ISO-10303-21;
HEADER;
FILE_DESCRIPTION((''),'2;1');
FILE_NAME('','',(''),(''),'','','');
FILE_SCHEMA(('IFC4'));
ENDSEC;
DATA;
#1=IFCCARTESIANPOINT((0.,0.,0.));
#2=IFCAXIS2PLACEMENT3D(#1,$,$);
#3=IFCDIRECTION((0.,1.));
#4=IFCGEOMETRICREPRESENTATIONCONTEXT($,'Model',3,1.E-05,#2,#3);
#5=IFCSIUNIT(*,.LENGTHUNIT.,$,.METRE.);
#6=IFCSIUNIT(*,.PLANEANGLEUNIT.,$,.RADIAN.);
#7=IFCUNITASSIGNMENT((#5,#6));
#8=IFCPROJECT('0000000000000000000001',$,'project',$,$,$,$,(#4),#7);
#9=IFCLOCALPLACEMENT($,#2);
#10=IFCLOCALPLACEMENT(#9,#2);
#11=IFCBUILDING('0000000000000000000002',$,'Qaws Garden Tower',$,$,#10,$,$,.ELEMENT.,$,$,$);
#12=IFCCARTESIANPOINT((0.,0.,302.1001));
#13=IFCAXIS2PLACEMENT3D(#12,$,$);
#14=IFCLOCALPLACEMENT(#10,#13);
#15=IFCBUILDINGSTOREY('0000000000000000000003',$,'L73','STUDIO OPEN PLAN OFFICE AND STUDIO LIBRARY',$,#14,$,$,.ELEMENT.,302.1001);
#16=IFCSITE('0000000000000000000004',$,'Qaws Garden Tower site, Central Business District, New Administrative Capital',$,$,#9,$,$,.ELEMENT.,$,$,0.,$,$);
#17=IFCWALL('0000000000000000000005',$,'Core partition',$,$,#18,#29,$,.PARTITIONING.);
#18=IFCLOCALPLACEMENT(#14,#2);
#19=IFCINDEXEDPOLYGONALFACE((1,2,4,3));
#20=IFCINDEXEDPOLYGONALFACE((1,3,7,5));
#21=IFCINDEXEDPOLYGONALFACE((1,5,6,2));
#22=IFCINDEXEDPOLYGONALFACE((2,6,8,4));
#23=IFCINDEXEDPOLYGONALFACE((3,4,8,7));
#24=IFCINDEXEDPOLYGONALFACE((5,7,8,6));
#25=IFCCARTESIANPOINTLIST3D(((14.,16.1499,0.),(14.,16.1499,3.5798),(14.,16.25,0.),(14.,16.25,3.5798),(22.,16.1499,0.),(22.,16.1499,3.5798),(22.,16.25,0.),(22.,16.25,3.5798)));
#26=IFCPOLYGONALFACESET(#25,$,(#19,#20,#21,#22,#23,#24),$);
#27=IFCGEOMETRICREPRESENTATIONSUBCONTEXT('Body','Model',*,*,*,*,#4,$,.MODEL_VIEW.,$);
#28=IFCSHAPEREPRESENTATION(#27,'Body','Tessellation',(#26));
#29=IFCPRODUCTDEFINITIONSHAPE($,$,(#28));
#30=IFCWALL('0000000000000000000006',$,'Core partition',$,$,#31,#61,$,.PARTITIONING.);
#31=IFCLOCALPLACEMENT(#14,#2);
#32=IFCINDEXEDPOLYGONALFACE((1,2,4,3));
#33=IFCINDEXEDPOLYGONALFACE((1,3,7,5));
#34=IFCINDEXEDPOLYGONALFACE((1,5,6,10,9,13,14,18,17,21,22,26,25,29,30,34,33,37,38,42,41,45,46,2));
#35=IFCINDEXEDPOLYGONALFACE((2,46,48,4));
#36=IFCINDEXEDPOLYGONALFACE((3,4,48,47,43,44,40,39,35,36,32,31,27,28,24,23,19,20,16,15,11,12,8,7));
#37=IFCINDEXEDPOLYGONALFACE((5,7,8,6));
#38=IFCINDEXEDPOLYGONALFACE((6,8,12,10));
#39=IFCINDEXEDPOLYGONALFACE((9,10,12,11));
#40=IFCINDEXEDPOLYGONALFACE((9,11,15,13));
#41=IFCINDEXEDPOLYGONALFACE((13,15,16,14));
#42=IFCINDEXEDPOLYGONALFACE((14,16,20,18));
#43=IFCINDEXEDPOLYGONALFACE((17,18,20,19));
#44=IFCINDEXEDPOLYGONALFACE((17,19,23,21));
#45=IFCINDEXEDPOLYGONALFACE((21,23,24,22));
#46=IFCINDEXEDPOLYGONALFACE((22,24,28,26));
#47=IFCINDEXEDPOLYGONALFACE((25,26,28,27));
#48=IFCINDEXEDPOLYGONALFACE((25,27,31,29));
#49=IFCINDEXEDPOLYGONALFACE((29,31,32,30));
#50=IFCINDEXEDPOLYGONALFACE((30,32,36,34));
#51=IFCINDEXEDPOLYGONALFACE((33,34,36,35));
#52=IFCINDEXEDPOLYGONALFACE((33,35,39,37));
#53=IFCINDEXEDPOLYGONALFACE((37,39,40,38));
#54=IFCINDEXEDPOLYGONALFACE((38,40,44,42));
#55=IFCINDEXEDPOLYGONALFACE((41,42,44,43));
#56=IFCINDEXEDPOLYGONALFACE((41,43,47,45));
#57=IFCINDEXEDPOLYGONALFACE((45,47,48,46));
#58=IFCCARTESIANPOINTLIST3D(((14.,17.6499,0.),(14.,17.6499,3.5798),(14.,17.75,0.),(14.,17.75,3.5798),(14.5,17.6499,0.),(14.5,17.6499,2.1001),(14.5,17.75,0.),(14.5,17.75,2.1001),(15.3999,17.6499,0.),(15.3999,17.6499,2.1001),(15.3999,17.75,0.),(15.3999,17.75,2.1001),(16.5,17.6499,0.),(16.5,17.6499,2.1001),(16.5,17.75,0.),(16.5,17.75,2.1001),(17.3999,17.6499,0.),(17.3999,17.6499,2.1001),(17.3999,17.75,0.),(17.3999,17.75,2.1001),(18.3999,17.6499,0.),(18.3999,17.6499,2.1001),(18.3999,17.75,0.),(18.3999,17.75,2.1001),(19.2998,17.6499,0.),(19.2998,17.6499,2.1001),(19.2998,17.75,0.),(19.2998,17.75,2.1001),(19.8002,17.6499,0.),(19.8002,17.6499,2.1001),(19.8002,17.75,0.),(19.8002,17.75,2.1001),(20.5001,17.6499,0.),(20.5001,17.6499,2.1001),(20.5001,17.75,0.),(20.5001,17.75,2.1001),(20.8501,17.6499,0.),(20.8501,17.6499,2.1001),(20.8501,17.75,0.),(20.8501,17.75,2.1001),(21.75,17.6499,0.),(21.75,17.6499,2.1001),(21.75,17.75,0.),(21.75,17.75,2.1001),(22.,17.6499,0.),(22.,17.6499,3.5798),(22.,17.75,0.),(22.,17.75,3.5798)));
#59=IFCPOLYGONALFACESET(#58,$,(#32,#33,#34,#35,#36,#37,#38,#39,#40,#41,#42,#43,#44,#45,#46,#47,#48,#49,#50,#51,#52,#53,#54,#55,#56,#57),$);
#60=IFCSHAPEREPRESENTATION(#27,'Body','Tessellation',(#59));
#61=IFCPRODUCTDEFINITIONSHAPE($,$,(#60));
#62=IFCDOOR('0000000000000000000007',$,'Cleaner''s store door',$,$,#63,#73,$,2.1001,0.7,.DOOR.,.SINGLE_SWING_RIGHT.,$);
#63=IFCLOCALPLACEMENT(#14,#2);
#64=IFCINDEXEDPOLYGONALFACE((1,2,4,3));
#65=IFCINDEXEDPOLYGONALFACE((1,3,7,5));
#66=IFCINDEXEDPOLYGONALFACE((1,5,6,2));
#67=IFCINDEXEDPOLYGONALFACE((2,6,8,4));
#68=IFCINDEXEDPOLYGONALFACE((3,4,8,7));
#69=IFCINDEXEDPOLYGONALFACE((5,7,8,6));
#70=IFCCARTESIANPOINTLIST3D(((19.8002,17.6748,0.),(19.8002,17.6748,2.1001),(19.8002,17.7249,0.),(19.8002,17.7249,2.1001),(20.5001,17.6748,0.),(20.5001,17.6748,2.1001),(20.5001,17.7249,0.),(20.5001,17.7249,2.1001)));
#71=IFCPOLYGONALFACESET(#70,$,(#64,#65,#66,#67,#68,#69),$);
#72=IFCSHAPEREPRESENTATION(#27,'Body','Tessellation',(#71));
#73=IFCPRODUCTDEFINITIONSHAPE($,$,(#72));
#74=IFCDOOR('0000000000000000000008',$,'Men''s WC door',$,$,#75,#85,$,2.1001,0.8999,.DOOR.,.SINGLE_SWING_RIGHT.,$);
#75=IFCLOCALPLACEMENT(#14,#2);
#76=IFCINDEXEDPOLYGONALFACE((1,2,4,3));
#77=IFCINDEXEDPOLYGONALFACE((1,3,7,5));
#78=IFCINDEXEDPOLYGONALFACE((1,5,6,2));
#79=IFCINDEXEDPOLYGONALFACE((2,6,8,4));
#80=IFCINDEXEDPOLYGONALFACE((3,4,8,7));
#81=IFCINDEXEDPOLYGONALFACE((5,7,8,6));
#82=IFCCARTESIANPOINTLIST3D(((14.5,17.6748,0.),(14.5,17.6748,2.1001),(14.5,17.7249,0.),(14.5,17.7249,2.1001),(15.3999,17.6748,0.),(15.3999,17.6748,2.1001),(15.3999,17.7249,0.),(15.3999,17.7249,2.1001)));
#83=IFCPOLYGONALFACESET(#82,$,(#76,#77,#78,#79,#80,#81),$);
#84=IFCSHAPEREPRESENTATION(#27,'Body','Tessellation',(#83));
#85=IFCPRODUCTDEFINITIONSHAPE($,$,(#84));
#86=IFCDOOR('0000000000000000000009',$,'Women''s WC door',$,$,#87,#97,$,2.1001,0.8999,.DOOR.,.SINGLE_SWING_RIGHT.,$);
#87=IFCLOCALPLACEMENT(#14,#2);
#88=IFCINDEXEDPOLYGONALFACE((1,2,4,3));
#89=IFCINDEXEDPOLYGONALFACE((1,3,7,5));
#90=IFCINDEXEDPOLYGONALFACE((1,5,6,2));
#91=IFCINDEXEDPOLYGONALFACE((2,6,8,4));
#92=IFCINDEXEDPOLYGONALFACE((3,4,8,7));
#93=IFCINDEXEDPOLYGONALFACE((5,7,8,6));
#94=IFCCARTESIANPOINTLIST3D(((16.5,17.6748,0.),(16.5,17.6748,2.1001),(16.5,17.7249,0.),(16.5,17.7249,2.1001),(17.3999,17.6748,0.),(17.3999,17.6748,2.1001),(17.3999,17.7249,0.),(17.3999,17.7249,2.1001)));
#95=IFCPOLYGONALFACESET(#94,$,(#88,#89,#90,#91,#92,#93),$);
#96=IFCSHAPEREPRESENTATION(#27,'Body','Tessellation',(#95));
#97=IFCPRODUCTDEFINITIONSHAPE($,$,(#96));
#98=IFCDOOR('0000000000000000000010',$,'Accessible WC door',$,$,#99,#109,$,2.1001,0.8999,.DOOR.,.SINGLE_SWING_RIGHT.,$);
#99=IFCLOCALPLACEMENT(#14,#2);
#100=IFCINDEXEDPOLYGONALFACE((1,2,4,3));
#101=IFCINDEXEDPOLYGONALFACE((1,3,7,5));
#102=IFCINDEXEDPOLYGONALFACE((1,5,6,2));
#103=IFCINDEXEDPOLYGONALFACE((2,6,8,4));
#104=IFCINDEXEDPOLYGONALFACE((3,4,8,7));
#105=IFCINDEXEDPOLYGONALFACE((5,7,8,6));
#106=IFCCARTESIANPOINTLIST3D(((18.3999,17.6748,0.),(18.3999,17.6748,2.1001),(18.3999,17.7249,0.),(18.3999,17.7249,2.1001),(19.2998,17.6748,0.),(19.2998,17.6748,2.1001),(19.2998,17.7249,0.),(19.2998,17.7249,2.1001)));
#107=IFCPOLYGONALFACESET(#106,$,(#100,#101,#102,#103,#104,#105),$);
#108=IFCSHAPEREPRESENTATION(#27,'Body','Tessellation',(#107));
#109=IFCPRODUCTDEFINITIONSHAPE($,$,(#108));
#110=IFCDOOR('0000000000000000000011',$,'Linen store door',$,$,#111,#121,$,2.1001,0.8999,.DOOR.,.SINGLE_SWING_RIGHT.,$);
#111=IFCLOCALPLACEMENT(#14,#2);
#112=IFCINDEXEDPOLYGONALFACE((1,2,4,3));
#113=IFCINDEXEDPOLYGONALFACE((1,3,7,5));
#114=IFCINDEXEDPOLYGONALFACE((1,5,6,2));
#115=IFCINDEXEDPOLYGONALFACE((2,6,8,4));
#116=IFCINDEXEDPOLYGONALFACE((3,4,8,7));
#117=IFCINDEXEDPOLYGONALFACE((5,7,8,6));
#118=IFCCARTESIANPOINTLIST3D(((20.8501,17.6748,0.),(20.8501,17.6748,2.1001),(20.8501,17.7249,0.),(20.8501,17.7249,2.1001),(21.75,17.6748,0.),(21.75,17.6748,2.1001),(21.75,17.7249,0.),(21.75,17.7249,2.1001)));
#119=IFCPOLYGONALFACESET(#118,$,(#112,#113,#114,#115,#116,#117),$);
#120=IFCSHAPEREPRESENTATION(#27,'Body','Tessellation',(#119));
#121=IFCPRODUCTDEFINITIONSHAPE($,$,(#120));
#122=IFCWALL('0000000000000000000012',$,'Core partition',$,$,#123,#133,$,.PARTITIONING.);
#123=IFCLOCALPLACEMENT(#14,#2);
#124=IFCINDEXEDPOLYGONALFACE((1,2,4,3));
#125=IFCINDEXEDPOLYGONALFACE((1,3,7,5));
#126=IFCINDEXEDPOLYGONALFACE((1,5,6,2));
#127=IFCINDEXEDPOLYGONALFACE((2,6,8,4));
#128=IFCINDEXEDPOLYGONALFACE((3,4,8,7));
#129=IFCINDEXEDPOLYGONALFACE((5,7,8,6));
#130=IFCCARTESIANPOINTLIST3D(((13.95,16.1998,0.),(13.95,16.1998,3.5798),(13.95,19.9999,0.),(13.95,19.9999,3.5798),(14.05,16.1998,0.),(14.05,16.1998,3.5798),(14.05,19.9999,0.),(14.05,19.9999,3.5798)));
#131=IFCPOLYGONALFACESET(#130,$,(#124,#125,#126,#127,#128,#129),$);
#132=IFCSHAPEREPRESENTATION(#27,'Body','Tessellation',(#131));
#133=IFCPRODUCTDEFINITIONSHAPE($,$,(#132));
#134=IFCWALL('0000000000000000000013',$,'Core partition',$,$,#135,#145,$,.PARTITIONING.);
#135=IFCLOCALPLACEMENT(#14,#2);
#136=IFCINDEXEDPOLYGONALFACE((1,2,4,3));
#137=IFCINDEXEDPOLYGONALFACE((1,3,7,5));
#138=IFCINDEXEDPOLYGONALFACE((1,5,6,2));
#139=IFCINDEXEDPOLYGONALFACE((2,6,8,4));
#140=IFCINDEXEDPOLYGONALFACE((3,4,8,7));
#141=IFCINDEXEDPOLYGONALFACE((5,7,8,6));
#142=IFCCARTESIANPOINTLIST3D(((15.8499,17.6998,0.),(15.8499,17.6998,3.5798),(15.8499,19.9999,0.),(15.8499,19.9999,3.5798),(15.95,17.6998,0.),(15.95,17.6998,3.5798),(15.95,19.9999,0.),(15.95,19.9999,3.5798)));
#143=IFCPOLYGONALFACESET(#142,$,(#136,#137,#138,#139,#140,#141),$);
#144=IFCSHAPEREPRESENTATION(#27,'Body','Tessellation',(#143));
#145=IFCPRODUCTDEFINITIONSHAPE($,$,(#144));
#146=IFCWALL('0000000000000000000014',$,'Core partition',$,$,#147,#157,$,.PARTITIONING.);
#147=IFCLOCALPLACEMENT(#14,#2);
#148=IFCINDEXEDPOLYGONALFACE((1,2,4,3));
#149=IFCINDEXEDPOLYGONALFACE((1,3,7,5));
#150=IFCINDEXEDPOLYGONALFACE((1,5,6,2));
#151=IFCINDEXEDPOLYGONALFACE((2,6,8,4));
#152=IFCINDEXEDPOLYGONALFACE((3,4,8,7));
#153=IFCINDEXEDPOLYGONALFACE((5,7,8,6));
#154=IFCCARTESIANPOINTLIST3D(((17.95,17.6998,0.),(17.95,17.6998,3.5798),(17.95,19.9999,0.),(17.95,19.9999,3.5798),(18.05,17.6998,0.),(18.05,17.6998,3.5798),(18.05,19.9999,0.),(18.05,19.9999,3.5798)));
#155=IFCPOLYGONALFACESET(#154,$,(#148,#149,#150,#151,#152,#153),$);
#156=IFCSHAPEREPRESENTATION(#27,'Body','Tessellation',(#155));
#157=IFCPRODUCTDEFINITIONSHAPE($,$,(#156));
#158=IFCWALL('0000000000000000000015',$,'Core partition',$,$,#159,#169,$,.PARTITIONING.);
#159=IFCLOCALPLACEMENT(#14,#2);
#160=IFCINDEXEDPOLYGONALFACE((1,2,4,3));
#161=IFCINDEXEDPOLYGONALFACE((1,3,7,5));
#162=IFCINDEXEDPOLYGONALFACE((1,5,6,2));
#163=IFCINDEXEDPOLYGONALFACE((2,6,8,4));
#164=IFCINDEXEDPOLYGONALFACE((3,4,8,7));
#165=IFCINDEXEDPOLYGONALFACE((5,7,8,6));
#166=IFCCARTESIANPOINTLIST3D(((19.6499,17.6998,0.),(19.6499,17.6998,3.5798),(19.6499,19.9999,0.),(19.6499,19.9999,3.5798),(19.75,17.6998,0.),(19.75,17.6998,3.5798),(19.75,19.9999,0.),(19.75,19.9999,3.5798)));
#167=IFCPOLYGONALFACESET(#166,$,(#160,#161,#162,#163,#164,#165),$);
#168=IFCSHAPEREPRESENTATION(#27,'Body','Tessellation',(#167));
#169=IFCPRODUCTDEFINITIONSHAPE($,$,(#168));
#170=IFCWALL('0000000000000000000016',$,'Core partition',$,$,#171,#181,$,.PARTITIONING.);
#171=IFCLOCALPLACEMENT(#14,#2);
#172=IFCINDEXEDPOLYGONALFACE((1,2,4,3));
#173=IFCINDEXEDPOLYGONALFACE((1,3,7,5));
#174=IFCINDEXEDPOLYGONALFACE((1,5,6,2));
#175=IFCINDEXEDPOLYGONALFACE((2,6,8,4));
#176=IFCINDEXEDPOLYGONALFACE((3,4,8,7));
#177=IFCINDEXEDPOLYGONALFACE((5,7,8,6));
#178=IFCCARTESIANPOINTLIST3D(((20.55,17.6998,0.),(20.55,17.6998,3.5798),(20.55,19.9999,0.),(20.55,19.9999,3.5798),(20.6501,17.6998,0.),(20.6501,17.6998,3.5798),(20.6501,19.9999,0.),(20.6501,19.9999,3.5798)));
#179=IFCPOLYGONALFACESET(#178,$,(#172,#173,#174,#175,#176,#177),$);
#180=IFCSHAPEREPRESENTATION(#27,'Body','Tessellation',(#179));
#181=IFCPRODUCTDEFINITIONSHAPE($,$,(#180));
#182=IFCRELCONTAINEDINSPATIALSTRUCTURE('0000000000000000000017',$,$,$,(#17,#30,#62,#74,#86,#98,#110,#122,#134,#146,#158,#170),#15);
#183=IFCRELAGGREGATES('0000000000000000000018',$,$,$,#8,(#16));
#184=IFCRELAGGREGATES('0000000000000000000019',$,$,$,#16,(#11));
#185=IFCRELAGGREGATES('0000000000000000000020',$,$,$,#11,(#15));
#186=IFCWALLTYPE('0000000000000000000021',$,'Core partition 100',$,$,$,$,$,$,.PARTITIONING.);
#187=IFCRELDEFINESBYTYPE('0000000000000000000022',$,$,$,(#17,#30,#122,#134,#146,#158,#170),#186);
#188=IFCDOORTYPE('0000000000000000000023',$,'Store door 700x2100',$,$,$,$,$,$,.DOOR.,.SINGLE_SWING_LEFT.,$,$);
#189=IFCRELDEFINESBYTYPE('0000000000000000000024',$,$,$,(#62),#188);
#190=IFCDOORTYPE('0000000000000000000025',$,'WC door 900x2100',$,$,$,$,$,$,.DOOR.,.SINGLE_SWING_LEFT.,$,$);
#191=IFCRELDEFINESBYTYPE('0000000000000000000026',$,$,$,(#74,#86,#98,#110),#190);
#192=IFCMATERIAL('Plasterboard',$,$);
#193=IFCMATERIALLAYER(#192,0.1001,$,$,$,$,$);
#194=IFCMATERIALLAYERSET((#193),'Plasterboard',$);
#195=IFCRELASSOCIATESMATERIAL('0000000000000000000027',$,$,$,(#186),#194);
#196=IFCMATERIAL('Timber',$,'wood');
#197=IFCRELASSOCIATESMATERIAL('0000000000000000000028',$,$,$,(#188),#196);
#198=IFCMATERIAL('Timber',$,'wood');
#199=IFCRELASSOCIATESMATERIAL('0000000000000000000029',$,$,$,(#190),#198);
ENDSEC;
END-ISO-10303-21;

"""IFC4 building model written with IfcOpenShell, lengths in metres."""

from ifc_helpers import new_model, si_unit, direction, frame, frame_2d, origin, place, context, subcontext, project, spatial, rectangle, extrude, material, layer, layer_set, type_object, element, fill, save


model = new_model("IFC4")

# Units and contexts
model_context = context("Model", 3, precision=1e-05, world=origin(), true_north=direction((0.0, 1.0)))
body_context = subcontext(model_context, "Body", "Model", "MODEL_VIEW")
ifc_project = project(units=[si_unit("LENGTHUNIT", "METRE"), si_unit("PLANEANGLEUNIT", "RADIAN")], contexts=[model_context])

# Site, building, storey
site_placement = place(None, origin())
site = spatial("IfcSite", under=ifc_project, at=site_placement, Name="Qaws Garden Tower site, Central Business District, New Administrative Capital", CompositionType="ELEMENT", RefElevation=0.0)
building_placement = place(site_placement, origin())
building = spatial("IfcBuilding", under=site, at=building_placement, Name="Qaws Garden Tower", CompositionType="ELEMENT")
storey_placement = place(building_placement, frame((0.0, 0.0, 302.1001)))
storey = spatial("IfcBuildingStorey", under=building, at=storey_placement, Name="L73", Description="STUDIO OPEN PLAN OFFICE AND STUDIO LIBRARY", CompositionType="ELEMENT", Elevation=302.1001)

# Wall
ifc_material_1 = material(Name="Plasterboard")
ifc_layer_1 = layer(ifc_material_1, 0.1001)
ifc_layer_set_1 = layer_set([ifc_layer_1], Name="Plasterboard")
wall_type_1 = type_object("IfcWallType", Name="Core partition 100", PredefinedType="PARTITIONING", material=ifc_layer_set_1)
wall_1_placement = place(storey_placement, frame((14.0, 16.2, 0.0), z_axis=(0.0, 0.0, 1.0), x_axis=(1.0, 0.0, 0.0)))
element("IfcWall", 1, at=wall_1_placement, inside=storey, type_object=wall_type_1, Name="Core partition", PredefinedType="PARTITIONING", context=body_context, shape_type="SweptSolid", body=[
    extrude(rectangle(XDim=8.0, YDim=0.1001, at=frame_2d((4.0, 0.0))), origin(), (0.0, 0.0, 1.0), 3.5798),
])

# Wall, openings, doors
wall_2_placement = place(storey_placement, frame((14.0, 17.7, 0.0), z_axis=(0.0, 0.0, 1.0), x_axis=(1.0, 0.0, 0.0)))
wall_2 = element("IfcWall", 2, at=wall_2_placement, inside=storey, type_object=wall_type_1, Name="Core partition", PredefinedType="PARTITIONING", context=body_context, shape_type="SweptSolid", body=[
    extrude(rectangle(XDim=8.0, YDim=0.1001, at=frame_2d((4.0, 0.0))), origin(), (0.0, 0.0, 1.0), 3.5798),
])
opening_1_placement = place(wall_2_placement, frame((0.5, 0.0, 0.0)))
opening_1 = element("IfcOpeningElement", 3, at=opening_1_placement, cuts=wall_2, PredefinedType="OPENING", context=body_context, shape_type="SweptSolid", body=[
    extrude(rectangle(XDim=0.8999, YDim=2.1001, at=frame_2d((0.45, 1.05))), frame((0.0, 0.0601, 0.0), z_axis=(0.0, -1.0, 0.0), x_axis=(1.0, 0.0, 0.0)), (0.0, 0.0, 1.0), 0.1201),
])
opening_2_placement = place(wall_2_placement, frame((2.5, 0.0, 0.0)))
opening_2 = element("IfcOpeningElement", 4, at=opening_2_placement, cuts=wall_2, PredefinedType="OPENING", context=body_context, shape_type="SweptSolid", body=[
    extrude(rectangle(XDim=0.8999, YDim=2.1001, at=frame_2d((0.45, 1.05))), frame((0.0, 0.0601, 0.0), z_axis=(0.0, -1.0, 0.0), x_axis=(1.0, 0.0, 0.0)), (0.0, 0.0, 1.0), 0.1201),
])
opening_3_placement = place(wall_2_placement, frame((4.3999, 0.0, 0.0)))
opening_3 = element("IfcOpeningElement", 5, at=opening_3_placement, cuts=wall_2, PredefinedType="OPENING", context=body_context, shape_type="SweptSolid", body=[
    extrude(rectangle(XDim=0.8999, YDim=2.1001, at=frame_2d((0.45, 1.05))), frame((0.0, 0.0601, 0.0), z_axis=(0.0, -1.0, 0.0), x_axis=(1.0, 0.0, 0.0)), (0.0, 0.0, 1.0), 0.1201),
])
opening_4_placement = place(wall_2_placement, frame((5.8, 0.0, 0.0)))
opening_4 = element("IfcOpeningElement", 6, at=opening_4_placement, cuts=wall_2, PredefinedType="OPENING", context=body_context, shape_type="SweptSolid", body=[
    extrude(rectangle(XDim=0.7, YDim=2.1001, at=frame_2d((0.3501, 1.05))), frame((0.0, 0.0601, 0.0), z_axis=(0.0, -1.0, 0.0), x_axis=(1.0, 0.0, 0.0)), (0.0, 0.0, 1.0), 0.1201),
])
opening_5_placement = place(wall_2_placement, frame((6.8501, 0.0, 0.0)))
opening_5 = element("IfcOpeningElement", 7, at=opening_5_placement, cuts=wall_2, PredefinedType="OPENING", context=body_context, shape_type="SweptSolid", body=[
    extrude(rectangle(XDim=0.8999, YDim=2.1001, at=frame_2d((0.45, 1.05))), frame((0.0, 0.0601, 0.0), z_axis=(0.0, -1.0, 0.0), x_axis=(1.0, 0.0, 0.0)), (0.0, 0.0, 1.0), 0.1201),
])
ifc_material_2 = material(Name="Timber", Category="wood")
door_type_1 = type_object("IfcDoorType", Name="Store door 700x2100", OperationType="SINGLE_SWING_LEFT", PredefinedType="DOOR", material=ifc_material_2)
door_1_placement = place(opening_4_placement, origin())
door_1 = element("IfcDoor", 8, at=door_1_placement, inside=storey, type_object=door_type_1, Name="Cleaner's store door", OperationType="SINGLE_SWING_RIGHT", OverallHeight=2.1001, OverallWidth=0.7, PredefinedType="DOOR", context=body_context, shape_type="SweptSolid", body=[
    extrude(rectangle(XDim=0.7, YDim=2.1001, at=frame_2d((0.3501, 1.05))), frame((0.0, 0.0249, 0.0), z_axis=(0.0, -1.0, 0.0), x_axis=(1.0, 0.0, 0.0)), (0.0, 0.0, 1.0), 0.05),
])
fill(opening_4, door_1)
ifc_material_3 = material(Name="Timber", Category="wood")
door_type_2 = type_object("IfcDoorType", Name="WC door 900x2100", OperationType="SINGLE_SWING_LEFT", PredefinedType="DOOR", material=ifc_material_3)
door_2_placement = place(opening_1_placement, origin())
door_2 = element("IfcDoor", 9, at=door_2_placement, inside=storey, type_object=door_type_2, Name="Men's WC door", OperationType="SINGLE_SWING_RIGHT", OverallHeight=2.1001, OverallWidth=0.8999, PredefinedType="DOOR", context=body_context, shape_type="SweptSolid", body=[
    extrude(rectangle(XDim=0.8999, YDim=2.1001, at=frame_2d((0.45, 1.05))), frame((0.0, 0.0249, 0.0), z_axis=(0.0, -1.0, 0.0), x_axis=(1.0, 0.0, 0.0)), (0.0, 0.0, 1.0), 0.05),
])
fill(opening_1, door_2)
door_3_placement = place(opening_2_placement, origin())
door_3 = element("IfcDoor", 10, at=door_3_placement, inside=storey, type_object=door_type_2, Name="Women's WC door", OperationType="SINGLE_SWING_RIGHT", OverallHeight=2.1001, OverallWidth=0.8999, PredefinedType="DOOR", context=body_context, shape_type="SweptSolid", body=[
    extrude(rectangle(XDim=0.8999, YDim=2.1001, at=frame_2d((0.45, 1.05))), frame((0.0, 0.0249, 0.0), z_axis=(0.0, -1.0, 0.0), x_axis=(1.0, 0.0, 0.0)), (0.0, 0.0, 1.0), 0.05),
])
fill(opening_2, door_3)
door_4_placement = place(opening_3_placement, origin())
door_4 = element("IfcDoor", 11, at=door_4_placement, inside=storey, type_object=door_type_2, Name="Accessible WC door", OperationType="SINGLE_SWING_RIGHT", OverallHeight=2.1001, OverallWidth=0.8999, PredefinedType="DOOR", context=body_context, shape_type="SweptSolid", body=[
    extrude(rectangle(XDim=0.8999, YDim=2.1001, at=frame_2d((0.45, 1.05))), frame((0.0, 0.0249, 0.0), z_axis=(0.0, -1.0, 0.0), x_axis=(1.0, 0.0, 0.0)), (0.0, 0.0, 1.0), 0.05),
])
fill(opening_3, door_4)
door_5_placement = place(opening_5_placement, origin())
door_5 = element("IfcDoor", 12, at=door_5_placement, inside=storey, type_object=door_type_2, Name="Linen store door", OperationType="SINGLE_SWING_RIGHT", OverallHeight=2.1001, OverallWidth=0.8999, PredefinedType="DOOR", context=body_context, shape_type="SweptSolid", body=[
    extrude(rectangle(XDim=0.8999, YDim=2.1001, at=frame_2d((0.45, 1.05))), frame((0.0, 0.0249, 0.0), z_axis=(0.0, -1.0, 0.0), x_axis=(1.0, 0.0, 0.0)), (0.0, 0.0, 1.0), 0.05),
])
fill(opening_5, door_5)

# Walls
wall_3_placement = place(storey_placement, frame((14.0, 16.2, 0.0), z_axis=(0.0, 0.0, 1.0), x_axis=(0.0, 1.0, 0.0)))
element("IfcWall", 13, at=wall_3_placement, inside=storey, type_object=wall_type_1, Name="Core partition", PredefinedType="PARTITIONING", context=body_context, shape_type="SweptSolid", body=[
    extrude(rectangle(XDim=3.8, YDim=0.1001, at=frame_2d((1.8999, 0.0))), origin(), (0.0, 0.0, 1.0), 3.5798),
])
for number, where, z_axis, x_axis, name in (
    (14, (15.8999, 17.7, 0.0), (0.0, 0.0, 1.0), (0.0, 1.0, 0.0), "Core partition"),
    (15, (18.0, 17.7, 0.0), (0.0, 0.0, 1.0), (0.0, 1.0, 0.0), "Core partition"),
    (16, (19.7, 17.7, 0.0), (0.0, 0.0, 1.0), (0.0, 1.0, 0.0), "Core partition"),
    (17, (20.6001, 17.7, 0.0), (0.0, 0.0, 1.0), (0.0, 1.0, 0.0), "Core partition"),
):
    element("IfcWall", number, at=place(storey_placement, frame(where, z_axis=z_axis, x_axis=x_axis)), inside=storey, type_object=wall_type_1, Name=name, PredefinedType="PARTITIONING", context=body_context, shape_type="SweptSolid", body=[
        extrude(rectangle(XDim=2.3, YDim=0.1001, at=frame_2d((1.1499, 0.0))), origin(), (0.0, 0.0, 1.0), 3.5798),
    ])

save(model, "model.ifc")
